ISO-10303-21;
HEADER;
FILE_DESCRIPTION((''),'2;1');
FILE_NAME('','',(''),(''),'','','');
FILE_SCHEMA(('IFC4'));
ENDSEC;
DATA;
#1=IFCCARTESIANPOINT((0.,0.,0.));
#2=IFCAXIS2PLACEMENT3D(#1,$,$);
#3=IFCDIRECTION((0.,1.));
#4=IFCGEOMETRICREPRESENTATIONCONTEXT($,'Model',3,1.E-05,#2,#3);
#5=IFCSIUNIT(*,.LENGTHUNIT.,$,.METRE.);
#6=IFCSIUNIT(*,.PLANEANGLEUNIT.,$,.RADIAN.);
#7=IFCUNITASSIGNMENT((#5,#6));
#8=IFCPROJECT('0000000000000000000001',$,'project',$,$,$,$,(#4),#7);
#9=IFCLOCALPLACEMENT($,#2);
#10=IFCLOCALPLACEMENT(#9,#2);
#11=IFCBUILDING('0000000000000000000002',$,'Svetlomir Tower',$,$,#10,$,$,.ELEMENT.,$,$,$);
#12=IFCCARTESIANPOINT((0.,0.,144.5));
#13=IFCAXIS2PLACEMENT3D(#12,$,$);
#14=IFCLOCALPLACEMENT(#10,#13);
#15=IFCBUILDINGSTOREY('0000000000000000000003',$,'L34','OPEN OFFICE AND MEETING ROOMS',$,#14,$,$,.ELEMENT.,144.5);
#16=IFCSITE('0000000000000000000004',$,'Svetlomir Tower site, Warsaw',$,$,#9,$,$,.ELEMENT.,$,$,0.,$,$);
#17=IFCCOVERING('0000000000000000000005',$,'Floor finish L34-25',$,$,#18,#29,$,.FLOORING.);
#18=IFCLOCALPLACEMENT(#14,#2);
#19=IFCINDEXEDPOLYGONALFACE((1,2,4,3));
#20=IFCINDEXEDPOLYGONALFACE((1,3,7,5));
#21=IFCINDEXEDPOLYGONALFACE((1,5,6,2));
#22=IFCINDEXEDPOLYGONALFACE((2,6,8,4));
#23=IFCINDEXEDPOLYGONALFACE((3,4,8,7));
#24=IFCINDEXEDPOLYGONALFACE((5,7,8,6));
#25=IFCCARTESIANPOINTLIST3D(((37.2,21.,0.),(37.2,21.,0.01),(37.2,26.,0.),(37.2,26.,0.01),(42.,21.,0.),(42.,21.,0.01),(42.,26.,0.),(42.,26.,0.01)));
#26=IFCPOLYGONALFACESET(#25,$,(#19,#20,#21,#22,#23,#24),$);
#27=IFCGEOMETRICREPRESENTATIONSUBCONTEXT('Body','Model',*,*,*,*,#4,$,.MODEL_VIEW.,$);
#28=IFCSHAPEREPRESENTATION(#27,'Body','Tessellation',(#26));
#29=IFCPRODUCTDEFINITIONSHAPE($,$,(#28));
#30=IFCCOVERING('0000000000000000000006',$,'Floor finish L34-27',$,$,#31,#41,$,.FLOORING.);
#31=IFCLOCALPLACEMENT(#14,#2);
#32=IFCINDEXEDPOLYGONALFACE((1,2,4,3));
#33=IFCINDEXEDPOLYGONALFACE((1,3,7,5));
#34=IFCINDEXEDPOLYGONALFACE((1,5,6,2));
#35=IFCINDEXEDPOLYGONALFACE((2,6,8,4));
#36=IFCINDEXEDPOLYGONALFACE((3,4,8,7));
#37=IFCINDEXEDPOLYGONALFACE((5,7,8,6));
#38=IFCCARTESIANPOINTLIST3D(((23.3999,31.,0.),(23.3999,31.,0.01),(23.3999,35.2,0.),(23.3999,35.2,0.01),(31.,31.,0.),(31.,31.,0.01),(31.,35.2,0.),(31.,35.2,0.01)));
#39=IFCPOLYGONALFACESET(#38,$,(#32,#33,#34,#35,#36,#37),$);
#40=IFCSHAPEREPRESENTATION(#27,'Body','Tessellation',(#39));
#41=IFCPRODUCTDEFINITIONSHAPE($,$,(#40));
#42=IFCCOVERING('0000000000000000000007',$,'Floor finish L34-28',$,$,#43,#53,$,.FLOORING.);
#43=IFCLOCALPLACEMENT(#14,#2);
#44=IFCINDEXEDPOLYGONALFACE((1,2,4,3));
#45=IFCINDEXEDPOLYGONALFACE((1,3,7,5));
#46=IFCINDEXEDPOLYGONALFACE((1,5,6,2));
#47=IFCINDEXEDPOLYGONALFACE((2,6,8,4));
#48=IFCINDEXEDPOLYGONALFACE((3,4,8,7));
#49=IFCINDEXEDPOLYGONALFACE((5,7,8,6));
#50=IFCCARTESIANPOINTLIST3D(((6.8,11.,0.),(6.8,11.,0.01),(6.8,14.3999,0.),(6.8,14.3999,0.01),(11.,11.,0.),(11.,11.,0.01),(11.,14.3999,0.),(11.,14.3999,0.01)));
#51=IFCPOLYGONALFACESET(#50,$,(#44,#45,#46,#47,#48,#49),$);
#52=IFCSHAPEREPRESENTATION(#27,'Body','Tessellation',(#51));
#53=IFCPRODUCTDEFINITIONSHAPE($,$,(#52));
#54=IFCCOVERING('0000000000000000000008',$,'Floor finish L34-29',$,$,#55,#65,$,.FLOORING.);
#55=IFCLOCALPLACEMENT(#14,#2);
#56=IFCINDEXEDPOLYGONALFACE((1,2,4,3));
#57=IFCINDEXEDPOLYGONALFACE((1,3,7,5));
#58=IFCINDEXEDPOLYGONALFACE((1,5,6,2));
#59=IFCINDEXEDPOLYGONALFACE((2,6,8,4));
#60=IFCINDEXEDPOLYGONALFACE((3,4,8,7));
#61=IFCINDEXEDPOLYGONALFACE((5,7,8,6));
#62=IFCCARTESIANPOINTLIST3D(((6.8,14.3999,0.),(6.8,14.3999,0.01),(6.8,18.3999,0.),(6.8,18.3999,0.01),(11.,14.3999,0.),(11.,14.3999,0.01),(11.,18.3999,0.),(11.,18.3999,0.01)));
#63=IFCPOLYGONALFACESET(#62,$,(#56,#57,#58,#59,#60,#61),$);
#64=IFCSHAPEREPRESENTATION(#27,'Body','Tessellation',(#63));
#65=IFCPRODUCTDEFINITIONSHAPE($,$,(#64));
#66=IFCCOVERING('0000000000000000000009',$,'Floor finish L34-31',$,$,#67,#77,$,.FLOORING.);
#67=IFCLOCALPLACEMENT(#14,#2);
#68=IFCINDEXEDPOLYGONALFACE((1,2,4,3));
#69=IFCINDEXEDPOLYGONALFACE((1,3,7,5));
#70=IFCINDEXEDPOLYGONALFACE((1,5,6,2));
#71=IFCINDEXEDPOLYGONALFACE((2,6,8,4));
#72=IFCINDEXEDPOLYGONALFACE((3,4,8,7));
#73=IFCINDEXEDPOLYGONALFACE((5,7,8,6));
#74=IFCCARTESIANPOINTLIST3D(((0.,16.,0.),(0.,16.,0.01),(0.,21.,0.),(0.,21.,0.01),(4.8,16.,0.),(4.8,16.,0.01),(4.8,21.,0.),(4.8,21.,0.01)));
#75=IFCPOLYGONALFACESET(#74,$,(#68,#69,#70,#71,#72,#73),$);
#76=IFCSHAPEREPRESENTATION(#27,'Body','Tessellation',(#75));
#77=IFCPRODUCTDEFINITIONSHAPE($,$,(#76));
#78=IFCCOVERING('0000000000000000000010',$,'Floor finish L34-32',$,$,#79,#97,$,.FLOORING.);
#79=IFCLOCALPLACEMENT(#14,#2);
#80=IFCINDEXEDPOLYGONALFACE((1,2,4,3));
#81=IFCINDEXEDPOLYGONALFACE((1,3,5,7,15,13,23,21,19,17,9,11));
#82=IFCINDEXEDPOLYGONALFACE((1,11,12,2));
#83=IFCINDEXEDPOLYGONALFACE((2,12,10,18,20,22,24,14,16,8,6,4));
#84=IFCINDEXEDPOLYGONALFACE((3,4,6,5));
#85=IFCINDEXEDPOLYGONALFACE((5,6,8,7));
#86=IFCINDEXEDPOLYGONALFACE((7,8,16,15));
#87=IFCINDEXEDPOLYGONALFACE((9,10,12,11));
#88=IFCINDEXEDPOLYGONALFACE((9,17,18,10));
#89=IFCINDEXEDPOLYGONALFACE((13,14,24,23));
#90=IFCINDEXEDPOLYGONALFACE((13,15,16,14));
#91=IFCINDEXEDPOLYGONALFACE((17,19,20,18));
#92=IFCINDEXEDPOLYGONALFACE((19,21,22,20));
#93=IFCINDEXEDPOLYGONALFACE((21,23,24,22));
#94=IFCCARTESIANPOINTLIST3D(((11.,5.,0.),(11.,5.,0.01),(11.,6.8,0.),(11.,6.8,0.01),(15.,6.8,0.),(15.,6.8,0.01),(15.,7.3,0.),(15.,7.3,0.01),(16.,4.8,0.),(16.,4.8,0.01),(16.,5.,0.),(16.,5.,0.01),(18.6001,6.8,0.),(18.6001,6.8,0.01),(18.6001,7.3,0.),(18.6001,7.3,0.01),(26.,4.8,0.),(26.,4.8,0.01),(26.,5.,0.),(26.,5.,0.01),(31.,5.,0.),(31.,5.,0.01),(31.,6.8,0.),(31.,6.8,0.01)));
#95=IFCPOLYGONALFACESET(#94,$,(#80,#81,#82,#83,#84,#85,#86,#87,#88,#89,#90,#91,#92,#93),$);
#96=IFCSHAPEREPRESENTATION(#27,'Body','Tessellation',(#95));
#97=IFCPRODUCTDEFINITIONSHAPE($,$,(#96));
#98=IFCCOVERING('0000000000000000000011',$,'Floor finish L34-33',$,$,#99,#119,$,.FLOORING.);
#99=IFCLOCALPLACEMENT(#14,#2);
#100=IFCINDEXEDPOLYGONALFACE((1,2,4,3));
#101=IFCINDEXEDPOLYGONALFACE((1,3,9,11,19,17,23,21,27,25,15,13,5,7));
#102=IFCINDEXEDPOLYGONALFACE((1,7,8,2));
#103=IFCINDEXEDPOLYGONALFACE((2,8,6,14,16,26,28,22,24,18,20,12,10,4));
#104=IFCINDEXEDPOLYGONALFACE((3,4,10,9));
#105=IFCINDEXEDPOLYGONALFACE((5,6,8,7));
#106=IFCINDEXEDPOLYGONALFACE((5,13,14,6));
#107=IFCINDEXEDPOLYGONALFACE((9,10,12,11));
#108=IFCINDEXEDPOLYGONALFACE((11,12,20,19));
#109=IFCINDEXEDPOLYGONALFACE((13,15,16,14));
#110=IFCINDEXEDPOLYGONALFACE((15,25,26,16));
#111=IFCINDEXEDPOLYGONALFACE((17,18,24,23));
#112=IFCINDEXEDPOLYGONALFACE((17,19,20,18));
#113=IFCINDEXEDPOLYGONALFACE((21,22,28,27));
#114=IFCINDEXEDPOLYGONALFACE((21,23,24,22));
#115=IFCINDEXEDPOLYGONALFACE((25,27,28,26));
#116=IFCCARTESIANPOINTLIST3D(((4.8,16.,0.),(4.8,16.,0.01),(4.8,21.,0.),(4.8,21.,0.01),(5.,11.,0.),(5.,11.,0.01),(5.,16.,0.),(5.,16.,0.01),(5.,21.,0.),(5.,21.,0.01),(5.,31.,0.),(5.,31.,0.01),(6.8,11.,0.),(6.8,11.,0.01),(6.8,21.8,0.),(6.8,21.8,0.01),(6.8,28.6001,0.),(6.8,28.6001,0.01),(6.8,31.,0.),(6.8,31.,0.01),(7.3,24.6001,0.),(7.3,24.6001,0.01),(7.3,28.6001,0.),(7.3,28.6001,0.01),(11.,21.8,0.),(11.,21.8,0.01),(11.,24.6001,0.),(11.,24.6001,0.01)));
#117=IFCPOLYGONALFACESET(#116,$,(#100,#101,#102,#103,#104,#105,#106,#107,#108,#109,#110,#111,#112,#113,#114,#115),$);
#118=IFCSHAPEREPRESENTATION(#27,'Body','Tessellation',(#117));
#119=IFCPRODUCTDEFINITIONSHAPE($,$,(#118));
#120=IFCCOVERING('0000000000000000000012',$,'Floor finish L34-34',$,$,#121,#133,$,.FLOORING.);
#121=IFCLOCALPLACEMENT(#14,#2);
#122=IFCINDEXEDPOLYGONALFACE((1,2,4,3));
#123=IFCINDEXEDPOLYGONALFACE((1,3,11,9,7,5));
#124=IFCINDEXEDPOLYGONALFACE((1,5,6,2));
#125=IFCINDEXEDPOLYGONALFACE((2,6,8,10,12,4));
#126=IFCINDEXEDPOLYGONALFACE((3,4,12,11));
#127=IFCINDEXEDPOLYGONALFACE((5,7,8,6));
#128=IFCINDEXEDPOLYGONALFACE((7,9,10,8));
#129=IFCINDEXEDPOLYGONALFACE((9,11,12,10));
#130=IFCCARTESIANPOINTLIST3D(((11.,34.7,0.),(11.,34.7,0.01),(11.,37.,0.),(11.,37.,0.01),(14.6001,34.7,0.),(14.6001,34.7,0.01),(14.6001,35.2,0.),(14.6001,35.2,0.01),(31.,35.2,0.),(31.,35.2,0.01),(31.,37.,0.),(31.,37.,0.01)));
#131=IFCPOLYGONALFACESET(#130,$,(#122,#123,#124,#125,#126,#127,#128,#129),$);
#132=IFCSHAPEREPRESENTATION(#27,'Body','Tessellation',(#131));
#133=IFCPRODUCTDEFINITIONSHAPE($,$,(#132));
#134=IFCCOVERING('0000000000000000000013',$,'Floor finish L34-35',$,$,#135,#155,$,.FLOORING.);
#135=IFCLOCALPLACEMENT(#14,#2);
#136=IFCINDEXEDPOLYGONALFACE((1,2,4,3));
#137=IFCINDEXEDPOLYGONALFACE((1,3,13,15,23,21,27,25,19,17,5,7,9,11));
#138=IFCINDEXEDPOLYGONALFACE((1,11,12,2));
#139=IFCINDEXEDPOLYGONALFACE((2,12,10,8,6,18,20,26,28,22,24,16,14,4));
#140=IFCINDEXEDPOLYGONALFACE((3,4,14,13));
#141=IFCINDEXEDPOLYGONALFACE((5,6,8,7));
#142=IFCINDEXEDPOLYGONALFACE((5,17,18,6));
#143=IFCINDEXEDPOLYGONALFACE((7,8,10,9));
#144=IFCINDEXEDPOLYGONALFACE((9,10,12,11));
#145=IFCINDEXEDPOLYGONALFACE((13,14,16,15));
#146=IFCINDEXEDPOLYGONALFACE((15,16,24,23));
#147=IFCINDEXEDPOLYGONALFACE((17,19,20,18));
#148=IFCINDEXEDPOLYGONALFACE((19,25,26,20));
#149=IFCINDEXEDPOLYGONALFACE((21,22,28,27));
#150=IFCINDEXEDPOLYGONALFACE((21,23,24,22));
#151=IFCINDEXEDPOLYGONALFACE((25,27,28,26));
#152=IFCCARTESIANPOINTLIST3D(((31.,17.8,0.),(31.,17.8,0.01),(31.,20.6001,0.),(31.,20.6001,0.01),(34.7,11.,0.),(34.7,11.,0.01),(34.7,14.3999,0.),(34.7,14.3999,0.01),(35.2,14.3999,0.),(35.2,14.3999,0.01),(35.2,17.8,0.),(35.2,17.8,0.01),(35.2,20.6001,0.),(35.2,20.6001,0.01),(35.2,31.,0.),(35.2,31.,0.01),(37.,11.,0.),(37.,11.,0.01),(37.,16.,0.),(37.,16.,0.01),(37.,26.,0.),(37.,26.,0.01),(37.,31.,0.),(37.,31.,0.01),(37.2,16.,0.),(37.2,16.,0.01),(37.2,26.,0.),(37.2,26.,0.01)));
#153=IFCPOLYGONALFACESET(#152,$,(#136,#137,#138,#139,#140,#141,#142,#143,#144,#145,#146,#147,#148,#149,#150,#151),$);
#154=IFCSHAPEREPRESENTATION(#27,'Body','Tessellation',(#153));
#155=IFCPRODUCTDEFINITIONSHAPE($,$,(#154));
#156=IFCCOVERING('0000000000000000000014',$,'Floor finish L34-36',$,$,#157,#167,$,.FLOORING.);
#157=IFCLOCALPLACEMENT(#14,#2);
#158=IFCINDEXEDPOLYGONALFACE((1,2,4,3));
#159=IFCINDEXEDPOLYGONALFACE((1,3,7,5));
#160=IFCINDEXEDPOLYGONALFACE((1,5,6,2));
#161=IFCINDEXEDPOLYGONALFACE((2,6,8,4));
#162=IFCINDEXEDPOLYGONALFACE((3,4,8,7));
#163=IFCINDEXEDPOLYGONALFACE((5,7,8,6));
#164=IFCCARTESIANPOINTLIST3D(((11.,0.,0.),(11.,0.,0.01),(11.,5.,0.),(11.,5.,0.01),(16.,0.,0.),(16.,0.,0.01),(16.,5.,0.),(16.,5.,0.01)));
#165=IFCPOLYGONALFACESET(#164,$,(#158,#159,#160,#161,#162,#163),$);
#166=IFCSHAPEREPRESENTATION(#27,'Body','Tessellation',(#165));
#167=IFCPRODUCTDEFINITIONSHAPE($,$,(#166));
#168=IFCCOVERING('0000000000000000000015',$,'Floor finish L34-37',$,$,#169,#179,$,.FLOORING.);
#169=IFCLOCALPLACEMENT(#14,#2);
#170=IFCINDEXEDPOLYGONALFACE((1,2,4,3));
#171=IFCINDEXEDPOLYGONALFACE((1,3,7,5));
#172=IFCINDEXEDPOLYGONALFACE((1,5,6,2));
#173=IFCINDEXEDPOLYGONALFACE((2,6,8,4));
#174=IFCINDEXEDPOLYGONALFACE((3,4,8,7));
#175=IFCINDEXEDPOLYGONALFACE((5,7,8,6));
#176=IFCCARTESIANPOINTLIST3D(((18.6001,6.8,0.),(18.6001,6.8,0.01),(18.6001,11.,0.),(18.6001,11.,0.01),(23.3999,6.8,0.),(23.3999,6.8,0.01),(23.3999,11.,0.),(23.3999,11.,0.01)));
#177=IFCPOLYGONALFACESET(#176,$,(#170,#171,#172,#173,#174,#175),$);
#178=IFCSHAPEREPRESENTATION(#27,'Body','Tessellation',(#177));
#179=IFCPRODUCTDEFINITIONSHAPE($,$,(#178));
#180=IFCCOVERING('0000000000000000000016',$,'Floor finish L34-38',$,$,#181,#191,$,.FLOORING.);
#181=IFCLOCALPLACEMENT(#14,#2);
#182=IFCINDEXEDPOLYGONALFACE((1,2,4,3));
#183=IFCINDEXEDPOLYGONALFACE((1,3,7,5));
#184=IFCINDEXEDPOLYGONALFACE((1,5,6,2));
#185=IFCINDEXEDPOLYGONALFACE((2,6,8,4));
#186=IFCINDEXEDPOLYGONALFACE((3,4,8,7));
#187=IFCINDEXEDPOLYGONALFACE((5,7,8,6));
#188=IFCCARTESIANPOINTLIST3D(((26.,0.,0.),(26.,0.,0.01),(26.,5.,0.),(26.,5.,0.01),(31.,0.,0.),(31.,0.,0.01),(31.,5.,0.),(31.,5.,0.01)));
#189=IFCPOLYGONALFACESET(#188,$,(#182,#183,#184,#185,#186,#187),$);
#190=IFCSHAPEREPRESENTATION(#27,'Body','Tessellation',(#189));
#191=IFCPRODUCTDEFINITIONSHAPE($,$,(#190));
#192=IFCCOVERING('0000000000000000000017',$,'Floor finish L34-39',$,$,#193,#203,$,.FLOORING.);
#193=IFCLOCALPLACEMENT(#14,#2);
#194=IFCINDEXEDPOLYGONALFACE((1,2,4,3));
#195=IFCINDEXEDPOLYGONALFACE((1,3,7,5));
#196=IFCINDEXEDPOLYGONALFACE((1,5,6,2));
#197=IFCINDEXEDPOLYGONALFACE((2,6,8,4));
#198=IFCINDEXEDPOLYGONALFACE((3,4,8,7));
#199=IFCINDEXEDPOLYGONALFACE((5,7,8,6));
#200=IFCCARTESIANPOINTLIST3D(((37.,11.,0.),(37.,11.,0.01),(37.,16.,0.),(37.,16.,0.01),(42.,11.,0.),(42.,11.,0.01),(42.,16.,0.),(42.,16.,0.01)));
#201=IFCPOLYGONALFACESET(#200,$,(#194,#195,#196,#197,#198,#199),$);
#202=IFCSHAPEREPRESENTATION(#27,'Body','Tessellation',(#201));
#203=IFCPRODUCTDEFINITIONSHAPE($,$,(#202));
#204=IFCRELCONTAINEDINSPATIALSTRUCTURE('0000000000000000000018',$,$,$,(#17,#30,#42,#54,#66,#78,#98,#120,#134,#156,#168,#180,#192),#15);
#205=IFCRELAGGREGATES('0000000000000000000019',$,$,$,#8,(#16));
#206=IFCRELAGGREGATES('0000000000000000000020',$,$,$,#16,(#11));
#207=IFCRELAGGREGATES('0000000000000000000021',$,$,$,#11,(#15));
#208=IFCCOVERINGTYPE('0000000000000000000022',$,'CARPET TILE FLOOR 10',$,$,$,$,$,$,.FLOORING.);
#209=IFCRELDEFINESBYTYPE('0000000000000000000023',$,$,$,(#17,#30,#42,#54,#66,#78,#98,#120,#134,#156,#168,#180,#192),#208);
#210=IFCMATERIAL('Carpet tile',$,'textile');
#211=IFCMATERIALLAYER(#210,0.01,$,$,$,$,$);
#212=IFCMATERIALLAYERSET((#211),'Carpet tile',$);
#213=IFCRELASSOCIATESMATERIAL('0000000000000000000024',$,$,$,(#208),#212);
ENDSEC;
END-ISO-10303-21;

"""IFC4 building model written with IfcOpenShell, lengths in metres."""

from ifc_helpers import new_model, si_unit, direction, frame, origin, place, context, subcontext, project, spatial, polyline, outline, extrude, material, layer, layer_set, type_object, element, save


model = new_model("IFC4")

# Units and contexts
model_context = context("Model", 3, precision=1e-05, world=origin(), true_north=direction((0.0, 1.0)))
body_context = subcontext(model_context, "Body", "Model", "MODEL_VIEW")
ifc_project = project(units=[si_unit("LENGTHUNIT", "METRE"), si_unit("PLANEANGLEUNIT", "RADIAN")], contexts=[model_context])

# Site, building, storey
site_placement = place(None, origin())
site = spatial("IfcSite", under=ifc_project, at=site_placement, Name="Svetlomir Tower site, Warsaw", CompositionType="ELEMENT", RefElevation=0.0)
building_placement = place(site_placement, origin())
building = spatial("IfcBuilding", under=site, at=building_placement, Name="Svetlomir Tower", CompositionType="ELEMENT")
storey_placement = place(building_placement, frame((0.0, 0.0, 144.5)))
storey = spatial("IfcBuildingStorey", under=building, at=storey_placement, Name="L34", Description="OPEN OFFICE AND MEETING ROOMS", CompositionType="ELEMENT", Elevation=144.5)

# Coverings
ifc_material_1 = material(Name="Carpet tile", Category="textile")
ifc_layer_1 = layer(ifc_material_1, 0.01)
ifc_layer_set_1 = layer_set([ifc_layer_1], Name="Carpet tile")
covering_type_1 = type_object("IfcCoveringType", Name="CARPET TILE FLOOR 10", PredefinedType="FLOORING", material=ifc_layer_set_1)
covering_1_placement = place(storey_placement, origin())
element("IfcCovering", 1, at=covering_1_placement, inside=storey, type_object=covering_type_1, Name="Floor finish L34-25", PredefinedType="FLOORING", context=body_context, shape_type="SweptSolid", body=[
    extrude(outline(polyline([(37.2, 21.0), (42.0, 21.0), (42.0, 26.0), (37.2, 26.0), (37.2, 21.0)])), origin(), (0.0, 0.0, 1.0), 0.01),
])
covering_2_placement = place(storey_placement, origin())
element("IfcCovering", 2, at=covering_2_placement, inside=storey, type_object=covering_type_1, Name="Floor finish L34-27", PredefinedType="FLOORING", context=body_context, shape_type="SweptSolid", body=[
    extrude(outline(polyline([(23.3999, 31.0), (31.0, 31.0), (31.0, 35.2), (23.3999, 35.2), (23.3999, 31.0)])), origin(), (0.0, 0.0, 1.0), 0.01),
])
covering_3_placement = place(storey_placement, origin())
element("IfcCovering", 3, at=covering_3_placement, inside=storey, type_object=covering_type_1, Name="Floor finish L34-28", PredefinedType="FLOORING", context=body_context, shape_type="SweptSolid", body=[
    extrude(outline(polyline([(6.8, 11.0), (11.0, 11.0), (11.0, 14.3999), (6.8, 14.3999), (6.8, 11.0)])), origin(), (0.0, 0.0, 1.0), 0.01),
])
covering_4_placement = place(storey_placement, origin())
element("IfcCovering", 4, at=covering_4_placement, inside=storey, type_object=covering_type_1, Name="Floor finish L34-29", PredefinedType="FLOORING", context=body_context, shape_type="SweptSolid", body=[
    extrude(outline(polyline([(6.8, 14.3999), (11.0, 14.3999), (11.0, 18.3999), (6.8, 18.3999), (6.8, 14.3999)])), origin(), (0.0, 0.0, 1.0), 0.01),
])
covering_5_placement = place(storey_placement, origin())
element("IfcCovering", 5, at=covering_5_placement, inside=storey, type_object=covering_type_1, Name="Floor finish L34-31", PredefinedType="FLOORING", context=body_context, shape_type="SweptSolid", body=[
    extrude(outline(polyline([(0.0, 16.0), (4.8, 16.0), (4.8, 21.0), (0.0, 21.0), (0.0, 16.0)])), origin(), (0.0, 0.0, 1.0), 0.01),
])
covering_6_placement = place(storey_placement, origin())
element("IfcCovering", 6, at=covering_6_placement, inside=storey, type_object=covering_type_1, Name="Floor finish L34-32", PredefinedType="FLOORING", context=body_context, shape_type="SweptSolid", body=[
    extrude(outline(polyline([(18.6001, 7.3), (18.6001, 6.8), (31.0, 6.8), (31.0, 5.0), (26.0, 5.0), (26.0, 4.8), (16.0, 4.8), (16.0, 5.0), (11.0, 5.0), (11.0, 6.8), (15.0, 6.8), (15.0, 7.3), (18.6001, 7.3)])), origin(), (0.0, 0.0, 1.0), 0.01),
])
covering_7_placement = place(storey_placement, origin())
element("IfcCovering", 7, at=covering_7_placement, inside=storey, type_object=covering_type_1, Name="Floor finish L34-33", PredefinedType="FLOORING", context=body_context, shape_type="SweptSolid", body=[
    extrude(outline(polyline([(5.0, 31.0), (6.8, 31.0), (6.8, 28.6001), (7.3, 28.6001), (7.3, 24.6001), (11.0, 24.6001), (11.0, 21.8), (6.8, 21.8), (6.8, 11.0), (5.0, 11.0), (5.0, 16.0), (4.8, 16.0), (4.8, 21.0), (5.0, 21.0), (5.0, 31.0)])), origin(), (0.0, 0.0, 1.0), 0.01),
])
covering_8_placement = place(storey_placement, origin())
element("IfcCovering", 8, at=covering_8_placement, inside=storey, type_object=covering_type_1, Name="Floor finish L34-34", PredefinedType="FLOORING", context=body_context, shape_type="SweptSolid", body=[
    extrude(outline(polyline([(11.0, 34.7), (11.0, 37.0), (31.0, 37.0), (31.0, 35.2), (14.6001, 35.2), (14.6001, 34.7), (11.0, 34.7)])), origin(), (0.0, 0.0, 1.0), 0.01),
])
covering_9_placement = place(storey_placement, origin())
element("IfcCovering", 9, at=covering_9_placement, inside=storey, type_object=covering_type_1, Name="Floor finish L34-35", PredefinedType="FLOORING", context=body_context, shape_type="SweptSolid", body=[
    extrude(outline(polyline([(34.7, 14.3999), (35.2, 14.3999), (35.2, 17.8), (31.0, 17.8), (31.0, 20.6001), (35.2, 20.6001), (35.2, 31.0), (37.0, 31.0), (37.0, 26.0), (37.2, 26.0), (37.2, 16.0), (37.0, 16.0), (37.0, 11.0), (34.7, 11.0), (34.7, 14.3999)])), origin(), (0.0, 0.0, 1.0), 0.01),
])
covering_10_placement = place(storey_placement, origin())
element("IfcCovering", 10, at=covering_10_placement, inside=storey, type_object=covering_type_1, Name="Floor finish L34-36", PredefinedType="FLOORING", context=body_context, shape_type="SweptSolid", body=[
    extrude(outline(polyline([(16.0, 5.0), (16.0, 0.0), (11.0, 0.0), (11.0, 5.0), (16.0, 5.0)])), origin(), (0.0, 0.0, 1.0), 0.01),
])
covering_11_placement = place(storey_placement, origin())
element("IfcCovering", 11, at=covering_11_placement, inside=storey, type_object=covering_type_1, Name="Floor finish L34-37", PredefinedType="FLOORING", context=body_context, shape_type="SweptSolid", body=[
    extrude(outline(polyline([(23.3999, 11.0), (23.3999, 6.8), (18.6001, 6.8), (18.6001, 11.0), (23.3999, 11.0)])), origin(), (0.0, 0.0, 1.0), 0.01),
])
covering_12_placement = place(storey_placement, origin())
element("IfcCovering", 12, at=covering_12_placement, inside=storey, type_object=covering_type_1, Name="Floor finish L34-38", PredefinedType="FLOORING", context=body_context, shape_type="SweptSolid", body=[
    extrude(outline(polyline([(26.0, 0.0), (26.0, 5.0), (31.0, 5.0), (31.0, 0.0), (26.0, 0.0)])), origin(), (0.0, 0.0, 1.0), 0.01),
])
covering_13_placement = place(storey_placement, origin())
element("IfcCovering", 13, at=covering_13_placement, inside=storey, type_object=covering_type_1, Name="Floor finish L34-39", PredefinedType="FLOORING", context=body_context, shape_type="SweptSolid", body=[
    extrude(outline(polyline([(37.0, 16.0), (42.0, 16.0), (42.0, 11.0), (37.0, 11.0), (37.0, 16.0)])), origin(), (0.0, 0.0, 1.0), 0.01),
])

save(model, "model.ifc")
